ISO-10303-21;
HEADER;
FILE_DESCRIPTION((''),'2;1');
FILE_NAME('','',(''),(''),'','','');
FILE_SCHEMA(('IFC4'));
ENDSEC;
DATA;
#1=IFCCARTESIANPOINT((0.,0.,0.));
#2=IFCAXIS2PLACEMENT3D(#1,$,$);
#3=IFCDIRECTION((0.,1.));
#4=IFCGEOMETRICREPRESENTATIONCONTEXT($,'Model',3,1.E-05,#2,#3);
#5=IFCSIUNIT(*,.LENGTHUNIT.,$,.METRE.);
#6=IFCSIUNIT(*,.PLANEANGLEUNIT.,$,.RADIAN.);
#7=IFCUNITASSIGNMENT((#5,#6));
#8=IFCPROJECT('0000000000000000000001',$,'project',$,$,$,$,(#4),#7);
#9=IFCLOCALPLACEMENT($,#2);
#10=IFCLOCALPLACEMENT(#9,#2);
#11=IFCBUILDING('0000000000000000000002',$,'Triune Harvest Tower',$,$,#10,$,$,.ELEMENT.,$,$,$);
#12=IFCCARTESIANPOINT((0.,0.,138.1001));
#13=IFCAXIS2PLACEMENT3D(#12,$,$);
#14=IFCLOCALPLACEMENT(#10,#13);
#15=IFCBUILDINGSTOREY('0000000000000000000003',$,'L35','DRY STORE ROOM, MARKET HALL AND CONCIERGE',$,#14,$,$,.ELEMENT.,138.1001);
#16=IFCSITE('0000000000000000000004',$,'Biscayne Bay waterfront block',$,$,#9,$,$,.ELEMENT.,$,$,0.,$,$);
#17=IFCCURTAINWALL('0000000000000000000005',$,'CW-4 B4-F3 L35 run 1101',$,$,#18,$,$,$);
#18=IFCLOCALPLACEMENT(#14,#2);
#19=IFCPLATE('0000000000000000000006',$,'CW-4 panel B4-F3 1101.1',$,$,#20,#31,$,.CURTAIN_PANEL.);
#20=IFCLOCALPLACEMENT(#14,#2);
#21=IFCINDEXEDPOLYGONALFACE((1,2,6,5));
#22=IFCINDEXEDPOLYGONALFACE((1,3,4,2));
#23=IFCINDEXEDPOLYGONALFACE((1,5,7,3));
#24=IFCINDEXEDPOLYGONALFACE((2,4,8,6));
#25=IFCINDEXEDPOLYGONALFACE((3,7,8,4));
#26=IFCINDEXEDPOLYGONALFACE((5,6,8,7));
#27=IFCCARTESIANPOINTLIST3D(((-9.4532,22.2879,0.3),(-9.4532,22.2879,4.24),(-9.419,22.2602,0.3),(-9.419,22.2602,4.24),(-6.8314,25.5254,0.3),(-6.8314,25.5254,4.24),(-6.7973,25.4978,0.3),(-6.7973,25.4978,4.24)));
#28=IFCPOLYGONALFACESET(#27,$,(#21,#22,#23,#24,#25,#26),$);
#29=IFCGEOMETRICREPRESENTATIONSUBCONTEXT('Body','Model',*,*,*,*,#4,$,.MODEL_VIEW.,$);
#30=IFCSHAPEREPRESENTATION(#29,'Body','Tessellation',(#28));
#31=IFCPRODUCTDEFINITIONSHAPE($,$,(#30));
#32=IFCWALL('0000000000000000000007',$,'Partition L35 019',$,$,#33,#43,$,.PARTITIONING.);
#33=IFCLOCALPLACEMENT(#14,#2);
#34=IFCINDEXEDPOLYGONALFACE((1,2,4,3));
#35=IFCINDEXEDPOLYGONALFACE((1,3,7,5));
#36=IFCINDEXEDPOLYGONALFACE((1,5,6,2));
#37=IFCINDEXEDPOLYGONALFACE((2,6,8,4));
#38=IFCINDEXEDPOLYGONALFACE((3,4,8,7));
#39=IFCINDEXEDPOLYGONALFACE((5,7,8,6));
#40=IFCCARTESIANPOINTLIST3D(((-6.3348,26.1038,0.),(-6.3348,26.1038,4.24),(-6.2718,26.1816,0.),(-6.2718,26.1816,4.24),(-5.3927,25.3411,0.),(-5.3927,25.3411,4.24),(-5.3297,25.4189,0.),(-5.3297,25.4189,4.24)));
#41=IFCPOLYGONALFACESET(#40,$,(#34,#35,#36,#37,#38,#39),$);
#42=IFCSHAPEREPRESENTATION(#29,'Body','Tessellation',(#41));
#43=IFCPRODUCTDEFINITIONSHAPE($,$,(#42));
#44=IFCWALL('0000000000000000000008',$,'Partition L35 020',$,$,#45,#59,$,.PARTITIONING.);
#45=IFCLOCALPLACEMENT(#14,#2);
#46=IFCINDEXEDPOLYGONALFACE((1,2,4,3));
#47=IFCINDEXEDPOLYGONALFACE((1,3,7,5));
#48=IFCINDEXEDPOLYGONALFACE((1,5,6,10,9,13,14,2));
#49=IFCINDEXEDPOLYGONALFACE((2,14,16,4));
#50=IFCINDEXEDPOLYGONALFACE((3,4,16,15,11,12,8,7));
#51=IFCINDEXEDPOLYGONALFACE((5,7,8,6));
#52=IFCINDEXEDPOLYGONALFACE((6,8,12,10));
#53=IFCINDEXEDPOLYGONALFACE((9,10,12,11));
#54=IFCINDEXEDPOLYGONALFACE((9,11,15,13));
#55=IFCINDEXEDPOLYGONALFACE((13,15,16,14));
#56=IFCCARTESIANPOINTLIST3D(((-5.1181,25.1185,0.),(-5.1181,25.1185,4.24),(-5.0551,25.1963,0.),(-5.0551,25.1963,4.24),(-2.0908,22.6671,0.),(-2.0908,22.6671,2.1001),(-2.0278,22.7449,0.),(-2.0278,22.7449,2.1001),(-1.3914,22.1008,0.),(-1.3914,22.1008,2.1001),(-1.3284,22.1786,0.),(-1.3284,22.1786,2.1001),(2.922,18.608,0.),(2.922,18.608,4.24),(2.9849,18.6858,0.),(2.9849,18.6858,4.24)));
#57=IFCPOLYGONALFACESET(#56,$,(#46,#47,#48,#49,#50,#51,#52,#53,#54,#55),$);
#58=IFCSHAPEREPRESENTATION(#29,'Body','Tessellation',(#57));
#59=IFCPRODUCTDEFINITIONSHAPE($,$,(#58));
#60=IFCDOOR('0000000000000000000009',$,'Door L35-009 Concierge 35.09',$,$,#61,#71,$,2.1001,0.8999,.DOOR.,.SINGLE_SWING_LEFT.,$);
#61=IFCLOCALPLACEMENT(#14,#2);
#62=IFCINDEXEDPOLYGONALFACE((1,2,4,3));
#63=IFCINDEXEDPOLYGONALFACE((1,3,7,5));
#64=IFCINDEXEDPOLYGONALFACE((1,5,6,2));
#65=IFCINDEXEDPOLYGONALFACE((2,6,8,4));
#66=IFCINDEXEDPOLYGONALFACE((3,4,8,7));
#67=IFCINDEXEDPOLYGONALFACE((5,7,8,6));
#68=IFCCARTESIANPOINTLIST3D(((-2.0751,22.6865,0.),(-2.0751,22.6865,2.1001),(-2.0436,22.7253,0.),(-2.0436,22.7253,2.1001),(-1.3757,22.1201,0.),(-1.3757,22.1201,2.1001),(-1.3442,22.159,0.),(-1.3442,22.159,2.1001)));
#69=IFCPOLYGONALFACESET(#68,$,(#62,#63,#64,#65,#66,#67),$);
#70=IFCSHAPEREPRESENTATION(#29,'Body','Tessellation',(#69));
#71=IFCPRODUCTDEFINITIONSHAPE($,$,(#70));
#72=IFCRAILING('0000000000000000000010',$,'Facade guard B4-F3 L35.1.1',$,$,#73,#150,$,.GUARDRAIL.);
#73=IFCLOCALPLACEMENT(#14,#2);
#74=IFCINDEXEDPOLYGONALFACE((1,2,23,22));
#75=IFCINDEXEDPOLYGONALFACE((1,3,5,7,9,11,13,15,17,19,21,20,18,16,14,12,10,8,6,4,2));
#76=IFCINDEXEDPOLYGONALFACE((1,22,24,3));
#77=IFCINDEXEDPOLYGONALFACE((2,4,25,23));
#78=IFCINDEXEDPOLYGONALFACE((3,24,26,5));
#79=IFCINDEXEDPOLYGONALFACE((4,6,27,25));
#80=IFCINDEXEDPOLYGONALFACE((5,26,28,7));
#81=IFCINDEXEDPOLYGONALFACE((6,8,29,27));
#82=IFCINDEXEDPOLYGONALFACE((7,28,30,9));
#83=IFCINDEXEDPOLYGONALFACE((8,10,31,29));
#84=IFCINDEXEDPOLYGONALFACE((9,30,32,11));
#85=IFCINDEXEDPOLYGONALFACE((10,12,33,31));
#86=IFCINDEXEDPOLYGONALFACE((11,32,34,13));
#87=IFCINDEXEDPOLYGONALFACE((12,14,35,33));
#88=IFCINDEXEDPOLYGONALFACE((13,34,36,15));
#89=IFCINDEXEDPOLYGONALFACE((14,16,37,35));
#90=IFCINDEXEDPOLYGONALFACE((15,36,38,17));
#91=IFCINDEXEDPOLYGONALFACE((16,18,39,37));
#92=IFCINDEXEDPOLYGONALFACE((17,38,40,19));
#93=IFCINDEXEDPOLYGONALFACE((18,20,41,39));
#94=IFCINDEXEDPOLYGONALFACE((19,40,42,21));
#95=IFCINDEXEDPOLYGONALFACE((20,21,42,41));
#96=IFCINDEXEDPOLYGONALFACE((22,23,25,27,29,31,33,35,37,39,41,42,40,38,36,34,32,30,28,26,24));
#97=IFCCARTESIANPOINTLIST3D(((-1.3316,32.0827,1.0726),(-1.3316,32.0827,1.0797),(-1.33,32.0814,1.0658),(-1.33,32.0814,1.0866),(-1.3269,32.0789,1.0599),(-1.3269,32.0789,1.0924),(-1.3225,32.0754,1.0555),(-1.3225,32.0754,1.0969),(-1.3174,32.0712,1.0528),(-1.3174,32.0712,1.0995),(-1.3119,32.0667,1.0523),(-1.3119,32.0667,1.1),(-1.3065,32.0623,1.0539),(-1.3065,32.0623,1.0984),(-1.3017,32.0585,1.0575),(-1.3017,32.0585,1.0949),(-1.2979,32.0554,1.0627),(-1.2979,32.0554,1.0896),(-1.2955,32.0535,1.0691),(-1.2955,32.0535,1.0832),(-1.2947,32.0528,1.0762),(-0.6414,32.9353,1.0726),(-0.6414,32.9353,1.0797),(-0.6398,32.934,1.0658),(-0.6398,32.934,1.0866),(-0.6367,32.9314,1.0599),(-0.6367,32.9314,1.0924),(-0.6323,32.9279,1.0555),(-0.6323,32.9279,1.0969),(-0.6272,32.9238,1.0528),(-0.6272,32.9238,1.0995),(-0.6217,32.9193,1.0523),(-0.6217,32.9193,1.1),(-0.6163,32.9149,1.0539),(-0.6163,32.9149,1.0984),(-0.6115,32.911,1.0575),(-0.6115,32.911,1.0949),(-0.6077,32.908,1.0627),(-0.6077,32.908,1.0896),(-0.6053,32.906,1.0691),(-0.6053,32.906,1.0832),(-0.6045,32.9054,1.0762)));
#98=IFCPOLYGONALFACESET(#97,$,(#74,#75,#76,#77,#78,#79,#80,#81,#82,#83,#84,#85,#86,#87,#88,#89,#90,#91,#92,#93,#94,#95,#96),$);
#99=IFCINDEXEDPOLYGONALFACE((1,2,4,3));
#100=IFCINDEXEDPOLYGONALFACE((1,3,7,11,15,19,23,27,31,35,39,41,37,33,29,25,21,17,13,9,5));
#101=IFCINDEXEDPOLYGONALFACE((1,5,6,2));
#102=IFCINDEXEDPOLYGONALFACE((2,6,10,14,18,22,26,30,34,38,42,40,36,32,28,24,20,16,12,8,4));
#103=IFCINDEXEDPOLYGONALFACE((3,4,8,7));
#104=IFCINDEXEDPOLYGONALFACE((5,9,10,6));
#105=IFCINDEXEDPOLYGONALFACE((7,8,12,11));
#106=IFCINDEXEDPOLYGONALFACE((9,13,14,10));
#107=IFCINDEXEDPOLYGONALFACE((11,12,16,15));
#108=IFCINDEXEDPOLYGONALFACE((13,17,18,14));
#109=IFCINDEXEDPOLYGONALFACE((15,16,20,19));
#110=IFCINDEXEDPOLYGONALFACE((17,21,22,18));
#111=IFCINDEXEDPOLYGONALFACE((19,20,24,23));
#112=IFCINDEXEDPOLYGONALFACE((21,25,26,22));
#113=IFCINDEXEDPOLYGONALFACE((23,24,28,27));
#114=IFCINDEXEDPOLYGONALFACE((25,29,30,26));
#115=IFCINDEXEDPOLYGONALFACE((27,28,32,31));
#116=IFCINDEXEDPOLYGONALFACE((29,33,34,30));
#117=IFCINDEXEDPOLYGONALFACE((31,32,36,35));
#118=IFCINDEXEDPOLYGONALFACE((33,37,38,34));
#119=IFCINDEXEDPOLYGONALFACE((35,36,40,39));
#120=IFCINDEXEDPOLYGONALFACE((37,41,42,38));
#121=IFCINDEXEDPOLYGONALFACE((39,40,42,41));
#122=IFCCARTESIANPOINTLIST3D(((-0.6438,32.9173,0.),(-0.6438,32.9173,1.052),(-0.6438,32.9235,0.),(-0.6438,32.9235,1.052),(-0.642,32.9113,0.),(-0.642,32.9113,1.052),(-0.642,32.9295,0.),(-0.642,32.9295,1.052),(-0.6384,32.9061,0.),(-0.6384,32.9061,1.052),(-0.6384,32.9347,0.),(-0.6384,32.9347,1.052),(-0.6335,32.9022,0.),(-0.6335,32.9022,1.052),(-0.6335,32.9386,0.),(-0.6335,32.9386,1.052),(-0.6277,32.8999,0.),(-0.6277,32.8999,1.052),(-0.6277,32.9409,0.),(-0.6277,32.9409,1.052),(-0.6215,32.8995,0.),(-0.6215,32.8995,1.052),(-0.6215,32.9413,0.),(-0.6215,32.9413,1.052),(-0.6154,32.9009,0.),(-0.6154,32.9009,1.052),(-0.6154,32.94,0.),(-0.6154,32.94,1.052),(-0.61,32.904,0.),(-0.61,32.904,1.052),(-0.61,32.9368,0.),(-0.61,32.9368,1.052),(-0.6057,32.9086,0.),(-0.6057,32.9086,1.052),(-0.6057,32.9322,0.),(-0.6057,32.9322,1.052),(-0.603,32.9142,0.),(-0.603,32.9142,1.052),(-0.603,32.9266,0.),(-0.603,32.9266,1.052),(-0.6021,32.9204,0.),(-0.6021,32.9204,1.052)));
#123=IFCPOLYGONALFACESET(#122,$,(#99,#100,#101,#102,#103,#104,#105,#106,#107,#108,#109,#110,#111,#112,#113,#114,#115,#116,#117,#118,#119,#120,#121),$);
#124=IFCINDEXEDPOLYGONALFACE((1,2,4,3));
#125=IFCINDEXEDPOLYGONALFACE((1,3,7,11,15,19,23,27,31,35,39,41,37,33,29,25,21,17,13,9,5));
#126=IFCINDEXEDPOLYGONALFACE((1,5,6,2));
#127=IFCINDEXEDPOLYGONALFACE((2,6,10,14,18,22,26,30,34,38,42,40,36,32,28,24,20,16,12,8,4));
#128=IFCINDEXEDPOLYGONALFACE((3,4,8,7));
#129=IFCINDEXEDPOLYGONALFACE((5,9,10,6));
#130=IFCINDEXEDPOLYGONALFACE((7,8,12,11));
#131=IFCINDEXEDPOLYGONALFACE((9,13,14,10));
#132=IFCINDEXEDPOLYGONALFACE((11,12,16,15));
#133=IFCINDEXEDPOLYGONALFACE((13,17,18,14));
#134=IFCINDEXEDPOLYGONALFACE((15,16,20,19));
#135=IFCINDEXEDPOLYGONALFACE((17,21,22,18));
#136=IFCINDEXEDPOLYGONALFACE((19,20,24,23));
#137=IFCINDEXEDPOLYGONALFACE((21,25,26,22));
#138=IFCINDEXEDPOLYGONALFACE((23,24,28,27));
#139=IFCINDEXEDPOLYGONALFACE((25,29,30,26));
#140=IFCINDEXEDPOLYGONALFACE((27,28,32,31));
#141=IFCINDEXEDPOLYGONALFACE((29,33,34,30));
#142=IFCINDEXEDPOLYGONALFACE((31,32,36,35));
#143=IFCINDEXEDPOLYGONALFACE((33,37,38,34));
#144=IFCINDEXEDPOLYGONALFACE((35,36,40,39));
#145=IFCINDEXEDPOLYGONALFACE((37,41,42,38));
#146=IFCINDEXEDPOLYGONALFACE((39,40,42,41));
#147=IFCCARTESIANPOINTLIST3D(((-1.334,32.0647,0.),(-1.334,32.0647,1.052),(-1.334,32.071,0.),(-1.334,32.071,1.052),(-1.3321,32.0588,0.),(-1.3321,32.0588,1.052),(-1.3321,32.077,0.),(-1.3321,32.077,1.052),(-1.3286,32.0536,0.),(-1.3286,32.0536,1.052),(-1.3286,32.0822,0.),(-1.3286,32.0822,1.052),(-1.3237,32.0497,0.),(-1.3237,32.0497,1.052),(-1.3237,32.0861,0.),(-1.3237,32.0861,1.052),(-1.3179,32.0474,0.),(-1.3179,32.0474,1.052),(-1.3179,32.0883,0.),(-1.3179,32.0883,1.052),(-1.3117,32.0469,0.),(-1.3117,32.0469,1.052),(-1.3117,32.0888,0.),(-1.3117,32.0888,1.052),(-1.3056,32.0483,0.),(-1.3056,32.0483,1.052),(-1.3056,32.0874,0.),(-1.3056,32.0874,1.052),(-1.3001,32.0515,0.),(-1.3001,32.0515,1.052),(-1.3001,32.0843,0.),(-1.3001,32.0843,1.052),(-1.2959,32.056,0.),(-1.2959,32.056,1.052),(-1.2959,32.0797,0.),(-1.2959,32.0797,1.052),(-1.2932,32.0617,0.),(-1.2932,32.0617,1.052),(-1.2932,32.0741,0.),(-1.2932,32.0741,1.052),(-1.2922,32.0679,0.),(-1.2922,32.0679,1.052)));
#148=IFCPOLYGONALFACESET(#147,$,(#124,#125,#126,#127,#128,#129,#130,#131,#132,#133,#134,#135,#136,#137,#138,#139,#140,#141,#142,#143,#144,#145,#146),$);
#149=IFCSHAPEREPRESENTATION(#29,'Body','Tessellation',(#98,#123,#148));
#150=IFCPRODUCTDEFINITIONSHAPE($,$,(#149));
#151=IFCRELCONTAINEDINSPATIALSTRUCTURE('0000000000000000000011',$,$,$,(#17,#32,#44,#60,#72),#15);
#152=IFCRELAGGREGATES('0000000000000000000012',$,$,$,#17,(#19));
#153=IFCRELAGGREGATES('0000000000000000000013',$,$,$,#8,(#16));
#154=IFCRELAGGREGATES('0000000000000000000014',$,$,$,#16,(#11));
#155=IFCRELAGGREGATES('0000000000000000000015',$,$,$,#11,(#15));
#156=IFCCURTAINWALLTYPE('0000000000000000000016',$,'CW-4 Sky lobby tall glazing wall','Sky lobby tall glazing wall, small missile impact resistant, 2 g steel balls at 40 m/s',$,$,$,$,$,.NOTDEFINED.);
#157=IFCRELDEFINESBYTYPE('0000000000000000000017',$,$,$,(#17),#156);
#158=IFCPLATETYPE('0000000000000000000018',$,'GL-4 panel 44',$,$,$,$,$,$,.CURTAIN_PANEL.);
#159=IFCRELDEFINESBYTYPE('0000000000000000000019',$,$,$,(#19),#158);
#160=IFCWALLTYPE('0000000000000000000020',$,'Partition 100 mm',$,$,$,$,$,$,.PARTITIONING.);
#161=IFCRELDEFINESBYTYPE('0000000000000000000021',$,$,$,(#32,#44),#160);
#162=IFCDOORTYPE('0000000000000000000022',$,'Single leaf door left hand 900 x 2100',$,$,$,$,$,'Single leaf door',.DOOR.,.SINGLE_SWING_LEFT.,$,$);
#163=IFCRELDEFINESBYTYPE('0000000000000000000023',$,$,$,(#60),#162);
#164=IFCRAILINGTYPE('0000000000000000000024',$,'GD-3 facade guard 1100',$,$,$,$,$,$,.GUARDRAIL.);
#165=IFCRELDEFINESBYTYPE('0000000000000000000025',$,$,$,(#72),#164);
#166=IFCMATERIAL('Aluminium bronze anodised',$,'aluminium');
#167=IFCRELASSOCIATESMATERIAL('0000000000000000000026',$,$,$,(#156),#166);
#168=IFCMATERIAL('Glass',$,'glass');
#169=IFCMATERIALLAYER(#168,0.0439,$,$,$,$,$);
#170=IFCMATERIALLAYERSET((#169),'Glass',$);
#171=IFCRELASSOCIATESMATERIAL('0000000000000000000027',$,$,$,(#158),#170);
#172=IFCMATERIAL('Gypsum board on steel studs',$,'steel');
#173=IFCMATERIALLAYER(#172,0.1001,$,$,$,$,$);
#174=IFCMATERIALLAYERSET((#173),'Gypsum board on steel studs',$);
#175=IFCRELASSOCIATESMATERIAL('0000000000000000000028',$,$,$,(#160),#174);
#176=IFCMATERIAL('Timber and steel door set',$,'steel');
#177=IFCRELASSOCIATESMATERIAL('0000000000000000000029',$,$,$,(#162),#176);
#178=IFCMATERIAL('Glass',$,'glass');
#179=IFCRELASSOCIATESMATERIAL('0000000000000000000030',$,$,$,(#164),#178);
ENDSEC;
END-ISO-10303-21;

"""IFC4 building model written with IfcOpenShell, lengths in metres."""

from ifc_helpers import new_model, si_unit, direction, frame, frame_2d, origin, origin_2d, place, context, subcontext, project, spatial, rectangle, circle, extrude, source, transform, mapped, material, layer, layer_set, type_object, element, fill, aggregate, save


model = new_model("IFC4")

# Units and contexts
model_context = context("Model", 3, precision=1e-05, world=origin(), true_north=direction((0.0, 1.0)))
body_context = subcontext(model_context, "Body", "Model", "MODEL_VIEW")
ifc_project = project(units=[si_unit("LENGTHUNIT", "METRE"), si_unit("PLANEANGLEUNIT", "RADIAN")], contexts=[model_context])

# Site, building, storey
site_placement = place(None, origin())
site = spatial("IfcSite", under=ifc_project, at=site_placement, Name="Biscayne Bay waterfront block", CompositionType="ELEMENT", RefElevation=0.0)
building_placement = place(site_placement, origin())
building = spatial("IfcBuilding", under=site, at=building_placement, Name="Triune Harvest Tower", CompositionType="ELEMENT")
storey_placement = place(building_placement, frame((0.0, 0.0, 138.1001)))
storey = spatial("IfcBuildingStorey", under=building, at=storey_placement, Name="L35", Description="DRY STORE ROOM, MARKET HALL AND CONCIERGE", CompositionType="ELEMENT", Elevation=138.1001)

# Curtain wall
ifc_material_1 = material(Name="Aluminium bronze anodised", Category="aluminium")
curtain_wall_type_1 = type_object("IfcCurtainWallType", Name="CW-4 Sky lobby tall glazing wall", Description="Sky lobby tall glazing wall, small missile impact resistant, 2 g steel balls at 40 m/s", PredefinedType="NOTDEFINED", material=ifc_material_1)
curtain_wall_1_placement = place(storey_placement, origin())
curtain_wall_1 = element("IfcCurtainWall", 1, at=curtain_wall_1_placement, inside=storey, type_object=curtain_wall_type_1, Name="CW-4 B4-F3 L35 run 1101")

# Plate
ifc_material_2 = material(Name="Glass", Category="glass")
ifc_layer_1 = layer(ifc_material_2, 0.0439)
ifc_layer_set_1 = layer_set([ifc_layer_1], Name="Glass")
plate_type_1 = type_object("IfcPlateType", Name="GL-4 panel 44", PredefinedType="CURTAIN_PANEL", material=ifc_layer_set_1)
shared_shape_1 = source(origin(), body_context, "Body", "SweptSolid", [
    extrude(rectangle(XDim=4.166, YDim=0.0439, at=origin_2d()), origin(), (0.0, 0.0, 1.0), 3.9399),
])
plate_1_placement = place(storey_placement, frame((-8.1252, 23.8928, 0.3), z_axis=(0.0, 0.0, 1.0), x_axis=(-0.629322, -0.777145, 0.0)))
plate_1 = element("IfcPlate", 2, at=plate_1_placement, type_object=plate_type_1, Name="CW-4 panel B4-F3 1101.1", PredefinedType="CURTAIN_PANEL", context=body_context, shape_type="MappedRepresentation", body=[
    mapped(shared_shape_1, transform((0.0, 0.0, 0.0), scale=1.0)),
])
aggregate(curtain_wall_1, [plate_1])

# Wall
ifc_material_3 = material(Name="Gypsum board on steel studs", Category="steel")
ifc_layer_2 = layer(ifc_material_3, 0.1001)
ifc_layer_set_2 = layer_set([ifc_layer_2], Name="Gypsum board on steel studs")
wall_type = type_object("IfcWallType", Name="Partition 100 mm", PredefinedType="PARTITIONING", material=ifc_layer_set_2)
shared_shape_2 = source(origin(), body_context, "Body", "SweptSolid", [
    extrude(rectangle(XDim=1.2122, YDim=0.1001, at=frame_2d((0.606, 0.0))), origin(), (0.0, 0.0, 1.0), 4.24),
])
wall_1_placement = place(storey_placement, frame((-6.3032, 26.1426, 0.0), z_axis=(0.0, 0.0, 1.0), x_axis=(0.77724, -0.629204, 0.0)))
element("IfcWall", 3, at=wall_1_placement, inside=storey, type_object=wall_type, Name="Partition L35 019", PredefinedType="PARTITIONING", context=body_context, shape_type="MappedRepresentation", body=[
    mapped(shared_shape_2, transform((0.0, 0.0, 0.0), scale=1.0)),
])

# Wall, opening, door
shared_shape_3 = source(origin(), body_context, "Body", "SweptSolid", [
    extrude(rectangle(XDim=10.3455, YDim=0.1001, at=frame_2d((5.1729, 0.0))), origin(), (0.0, 0.0, 1.0), 4.24),
])
wall_2_placement = place(storey_placement, frame((-5.0867, 25.1575, 0.0), z_axis=(0.0, 0.0, 1.0), x_axis=(0.777155, -0.629309, 0.0)))
wall_2 = element("IfcWall", 4, at=wall_2_placement, inside=storey, type_object=wall_type, Name="Partition L35 020", PredefinedType="PARTITIONING", context=body_context, shape_type="MappedRepresentation", body=[
    mapped(shared_shape_3, transform((0.0, 0.0, 0.0), scale=1.0)),
])
opening_placement = place(wall_2_placement, frame((3.8955, 0.0, 0.0)))
opening = element("IfcOpeningElement", 5, at=opening_placement, cuts=wall_2, PredefinedType="OPENING", context=body_context, shape_type="SweptSolid", body=[
    extrude(rectangle(XDim=0.8999, YDim=2.1001, at=frame_2d((0.45, 1.05))), frame((0.0, 0.0601, 0.0), z_axis=(0.0, -1.0, 0.0), x_axis=(1.0, 0.0, 0.0)), (0.0, 0.0, 1.0), 0.1201),
])
ifc_material_4 = material(Name="Timber and steel door set", Category="steel")
door_type = type_object("IfcDoorType", Name="Single leaf door left hand 900 x 2100", ElementType="Single leaf door", OperationType="SINGLE_SWING_LEFT", PredefinedType="DOOR", material=ifc_material_4)
door_placement = place(opening_placement, origin())
door = element("IfcDoor", 6, at=door_placement, inside=storey, type_object=door_type, Name="Door L35-009 Concierge 35.09", OperationType="SINGLE_SWING_LEFT", OverallHeight=2.1001, OverallWidth=0.8999, PredefinedType="DOOR", context=body_context, shape_type="SweptSolid", body=[
    extrude(rectangle(XDim=0.8999, YDim=2.1001, at=frame_2d((0.45, 1.05))), frame((0.0, 0.0249, 0.0), z_axis=(0.0, -1.0, 0.0), x_axis=(1.0, 0.0, 0.0)), (0.0, 0.0, 1.0), 0.05),
])
fill(opening, door)

# Railing
ifc_material_5 = material(Name="Glass", Category="glass")
railing_type = type_object("IfcRailingType", Name="GD-3 facade guard 1100", PredefinedType="GUARDRAIL", material=ifc_material_5)
railing_placement = place(storey_placement, frame((-0.623, 32.9204, 0.0)))
element("IfcRailing", 7, at=railing_placement, inside=storey, type_object=railing_type, Name="Facade guard B4-F3 L35.1.1", PredefinedType="GUARDRAIL", context=body_context, shape_type="SweptSolid", body=[
    extrude(circle(Radius=0.0239, at=origin_2d()), frame((0.0, 0.0, 1.0762), z_axis=(-0.629217, -0.777229, 0.0), x_axis=(0.777229, -0.629217, 0.0)), (0.0, 0.0, 1.0), 1.0969),
    extrude(circle(Radius=0.021, at=origin_2d()), origin(), (0.0, 0.0, 1.0), 1.052),
    extrude(circle(Radius=0.021, at=origin_2d()), frame((-0.6902, -0.8525, 0.0)), (0.0, 0.0, 1.0), 1.052),
])

save(model, "model.ifc")
